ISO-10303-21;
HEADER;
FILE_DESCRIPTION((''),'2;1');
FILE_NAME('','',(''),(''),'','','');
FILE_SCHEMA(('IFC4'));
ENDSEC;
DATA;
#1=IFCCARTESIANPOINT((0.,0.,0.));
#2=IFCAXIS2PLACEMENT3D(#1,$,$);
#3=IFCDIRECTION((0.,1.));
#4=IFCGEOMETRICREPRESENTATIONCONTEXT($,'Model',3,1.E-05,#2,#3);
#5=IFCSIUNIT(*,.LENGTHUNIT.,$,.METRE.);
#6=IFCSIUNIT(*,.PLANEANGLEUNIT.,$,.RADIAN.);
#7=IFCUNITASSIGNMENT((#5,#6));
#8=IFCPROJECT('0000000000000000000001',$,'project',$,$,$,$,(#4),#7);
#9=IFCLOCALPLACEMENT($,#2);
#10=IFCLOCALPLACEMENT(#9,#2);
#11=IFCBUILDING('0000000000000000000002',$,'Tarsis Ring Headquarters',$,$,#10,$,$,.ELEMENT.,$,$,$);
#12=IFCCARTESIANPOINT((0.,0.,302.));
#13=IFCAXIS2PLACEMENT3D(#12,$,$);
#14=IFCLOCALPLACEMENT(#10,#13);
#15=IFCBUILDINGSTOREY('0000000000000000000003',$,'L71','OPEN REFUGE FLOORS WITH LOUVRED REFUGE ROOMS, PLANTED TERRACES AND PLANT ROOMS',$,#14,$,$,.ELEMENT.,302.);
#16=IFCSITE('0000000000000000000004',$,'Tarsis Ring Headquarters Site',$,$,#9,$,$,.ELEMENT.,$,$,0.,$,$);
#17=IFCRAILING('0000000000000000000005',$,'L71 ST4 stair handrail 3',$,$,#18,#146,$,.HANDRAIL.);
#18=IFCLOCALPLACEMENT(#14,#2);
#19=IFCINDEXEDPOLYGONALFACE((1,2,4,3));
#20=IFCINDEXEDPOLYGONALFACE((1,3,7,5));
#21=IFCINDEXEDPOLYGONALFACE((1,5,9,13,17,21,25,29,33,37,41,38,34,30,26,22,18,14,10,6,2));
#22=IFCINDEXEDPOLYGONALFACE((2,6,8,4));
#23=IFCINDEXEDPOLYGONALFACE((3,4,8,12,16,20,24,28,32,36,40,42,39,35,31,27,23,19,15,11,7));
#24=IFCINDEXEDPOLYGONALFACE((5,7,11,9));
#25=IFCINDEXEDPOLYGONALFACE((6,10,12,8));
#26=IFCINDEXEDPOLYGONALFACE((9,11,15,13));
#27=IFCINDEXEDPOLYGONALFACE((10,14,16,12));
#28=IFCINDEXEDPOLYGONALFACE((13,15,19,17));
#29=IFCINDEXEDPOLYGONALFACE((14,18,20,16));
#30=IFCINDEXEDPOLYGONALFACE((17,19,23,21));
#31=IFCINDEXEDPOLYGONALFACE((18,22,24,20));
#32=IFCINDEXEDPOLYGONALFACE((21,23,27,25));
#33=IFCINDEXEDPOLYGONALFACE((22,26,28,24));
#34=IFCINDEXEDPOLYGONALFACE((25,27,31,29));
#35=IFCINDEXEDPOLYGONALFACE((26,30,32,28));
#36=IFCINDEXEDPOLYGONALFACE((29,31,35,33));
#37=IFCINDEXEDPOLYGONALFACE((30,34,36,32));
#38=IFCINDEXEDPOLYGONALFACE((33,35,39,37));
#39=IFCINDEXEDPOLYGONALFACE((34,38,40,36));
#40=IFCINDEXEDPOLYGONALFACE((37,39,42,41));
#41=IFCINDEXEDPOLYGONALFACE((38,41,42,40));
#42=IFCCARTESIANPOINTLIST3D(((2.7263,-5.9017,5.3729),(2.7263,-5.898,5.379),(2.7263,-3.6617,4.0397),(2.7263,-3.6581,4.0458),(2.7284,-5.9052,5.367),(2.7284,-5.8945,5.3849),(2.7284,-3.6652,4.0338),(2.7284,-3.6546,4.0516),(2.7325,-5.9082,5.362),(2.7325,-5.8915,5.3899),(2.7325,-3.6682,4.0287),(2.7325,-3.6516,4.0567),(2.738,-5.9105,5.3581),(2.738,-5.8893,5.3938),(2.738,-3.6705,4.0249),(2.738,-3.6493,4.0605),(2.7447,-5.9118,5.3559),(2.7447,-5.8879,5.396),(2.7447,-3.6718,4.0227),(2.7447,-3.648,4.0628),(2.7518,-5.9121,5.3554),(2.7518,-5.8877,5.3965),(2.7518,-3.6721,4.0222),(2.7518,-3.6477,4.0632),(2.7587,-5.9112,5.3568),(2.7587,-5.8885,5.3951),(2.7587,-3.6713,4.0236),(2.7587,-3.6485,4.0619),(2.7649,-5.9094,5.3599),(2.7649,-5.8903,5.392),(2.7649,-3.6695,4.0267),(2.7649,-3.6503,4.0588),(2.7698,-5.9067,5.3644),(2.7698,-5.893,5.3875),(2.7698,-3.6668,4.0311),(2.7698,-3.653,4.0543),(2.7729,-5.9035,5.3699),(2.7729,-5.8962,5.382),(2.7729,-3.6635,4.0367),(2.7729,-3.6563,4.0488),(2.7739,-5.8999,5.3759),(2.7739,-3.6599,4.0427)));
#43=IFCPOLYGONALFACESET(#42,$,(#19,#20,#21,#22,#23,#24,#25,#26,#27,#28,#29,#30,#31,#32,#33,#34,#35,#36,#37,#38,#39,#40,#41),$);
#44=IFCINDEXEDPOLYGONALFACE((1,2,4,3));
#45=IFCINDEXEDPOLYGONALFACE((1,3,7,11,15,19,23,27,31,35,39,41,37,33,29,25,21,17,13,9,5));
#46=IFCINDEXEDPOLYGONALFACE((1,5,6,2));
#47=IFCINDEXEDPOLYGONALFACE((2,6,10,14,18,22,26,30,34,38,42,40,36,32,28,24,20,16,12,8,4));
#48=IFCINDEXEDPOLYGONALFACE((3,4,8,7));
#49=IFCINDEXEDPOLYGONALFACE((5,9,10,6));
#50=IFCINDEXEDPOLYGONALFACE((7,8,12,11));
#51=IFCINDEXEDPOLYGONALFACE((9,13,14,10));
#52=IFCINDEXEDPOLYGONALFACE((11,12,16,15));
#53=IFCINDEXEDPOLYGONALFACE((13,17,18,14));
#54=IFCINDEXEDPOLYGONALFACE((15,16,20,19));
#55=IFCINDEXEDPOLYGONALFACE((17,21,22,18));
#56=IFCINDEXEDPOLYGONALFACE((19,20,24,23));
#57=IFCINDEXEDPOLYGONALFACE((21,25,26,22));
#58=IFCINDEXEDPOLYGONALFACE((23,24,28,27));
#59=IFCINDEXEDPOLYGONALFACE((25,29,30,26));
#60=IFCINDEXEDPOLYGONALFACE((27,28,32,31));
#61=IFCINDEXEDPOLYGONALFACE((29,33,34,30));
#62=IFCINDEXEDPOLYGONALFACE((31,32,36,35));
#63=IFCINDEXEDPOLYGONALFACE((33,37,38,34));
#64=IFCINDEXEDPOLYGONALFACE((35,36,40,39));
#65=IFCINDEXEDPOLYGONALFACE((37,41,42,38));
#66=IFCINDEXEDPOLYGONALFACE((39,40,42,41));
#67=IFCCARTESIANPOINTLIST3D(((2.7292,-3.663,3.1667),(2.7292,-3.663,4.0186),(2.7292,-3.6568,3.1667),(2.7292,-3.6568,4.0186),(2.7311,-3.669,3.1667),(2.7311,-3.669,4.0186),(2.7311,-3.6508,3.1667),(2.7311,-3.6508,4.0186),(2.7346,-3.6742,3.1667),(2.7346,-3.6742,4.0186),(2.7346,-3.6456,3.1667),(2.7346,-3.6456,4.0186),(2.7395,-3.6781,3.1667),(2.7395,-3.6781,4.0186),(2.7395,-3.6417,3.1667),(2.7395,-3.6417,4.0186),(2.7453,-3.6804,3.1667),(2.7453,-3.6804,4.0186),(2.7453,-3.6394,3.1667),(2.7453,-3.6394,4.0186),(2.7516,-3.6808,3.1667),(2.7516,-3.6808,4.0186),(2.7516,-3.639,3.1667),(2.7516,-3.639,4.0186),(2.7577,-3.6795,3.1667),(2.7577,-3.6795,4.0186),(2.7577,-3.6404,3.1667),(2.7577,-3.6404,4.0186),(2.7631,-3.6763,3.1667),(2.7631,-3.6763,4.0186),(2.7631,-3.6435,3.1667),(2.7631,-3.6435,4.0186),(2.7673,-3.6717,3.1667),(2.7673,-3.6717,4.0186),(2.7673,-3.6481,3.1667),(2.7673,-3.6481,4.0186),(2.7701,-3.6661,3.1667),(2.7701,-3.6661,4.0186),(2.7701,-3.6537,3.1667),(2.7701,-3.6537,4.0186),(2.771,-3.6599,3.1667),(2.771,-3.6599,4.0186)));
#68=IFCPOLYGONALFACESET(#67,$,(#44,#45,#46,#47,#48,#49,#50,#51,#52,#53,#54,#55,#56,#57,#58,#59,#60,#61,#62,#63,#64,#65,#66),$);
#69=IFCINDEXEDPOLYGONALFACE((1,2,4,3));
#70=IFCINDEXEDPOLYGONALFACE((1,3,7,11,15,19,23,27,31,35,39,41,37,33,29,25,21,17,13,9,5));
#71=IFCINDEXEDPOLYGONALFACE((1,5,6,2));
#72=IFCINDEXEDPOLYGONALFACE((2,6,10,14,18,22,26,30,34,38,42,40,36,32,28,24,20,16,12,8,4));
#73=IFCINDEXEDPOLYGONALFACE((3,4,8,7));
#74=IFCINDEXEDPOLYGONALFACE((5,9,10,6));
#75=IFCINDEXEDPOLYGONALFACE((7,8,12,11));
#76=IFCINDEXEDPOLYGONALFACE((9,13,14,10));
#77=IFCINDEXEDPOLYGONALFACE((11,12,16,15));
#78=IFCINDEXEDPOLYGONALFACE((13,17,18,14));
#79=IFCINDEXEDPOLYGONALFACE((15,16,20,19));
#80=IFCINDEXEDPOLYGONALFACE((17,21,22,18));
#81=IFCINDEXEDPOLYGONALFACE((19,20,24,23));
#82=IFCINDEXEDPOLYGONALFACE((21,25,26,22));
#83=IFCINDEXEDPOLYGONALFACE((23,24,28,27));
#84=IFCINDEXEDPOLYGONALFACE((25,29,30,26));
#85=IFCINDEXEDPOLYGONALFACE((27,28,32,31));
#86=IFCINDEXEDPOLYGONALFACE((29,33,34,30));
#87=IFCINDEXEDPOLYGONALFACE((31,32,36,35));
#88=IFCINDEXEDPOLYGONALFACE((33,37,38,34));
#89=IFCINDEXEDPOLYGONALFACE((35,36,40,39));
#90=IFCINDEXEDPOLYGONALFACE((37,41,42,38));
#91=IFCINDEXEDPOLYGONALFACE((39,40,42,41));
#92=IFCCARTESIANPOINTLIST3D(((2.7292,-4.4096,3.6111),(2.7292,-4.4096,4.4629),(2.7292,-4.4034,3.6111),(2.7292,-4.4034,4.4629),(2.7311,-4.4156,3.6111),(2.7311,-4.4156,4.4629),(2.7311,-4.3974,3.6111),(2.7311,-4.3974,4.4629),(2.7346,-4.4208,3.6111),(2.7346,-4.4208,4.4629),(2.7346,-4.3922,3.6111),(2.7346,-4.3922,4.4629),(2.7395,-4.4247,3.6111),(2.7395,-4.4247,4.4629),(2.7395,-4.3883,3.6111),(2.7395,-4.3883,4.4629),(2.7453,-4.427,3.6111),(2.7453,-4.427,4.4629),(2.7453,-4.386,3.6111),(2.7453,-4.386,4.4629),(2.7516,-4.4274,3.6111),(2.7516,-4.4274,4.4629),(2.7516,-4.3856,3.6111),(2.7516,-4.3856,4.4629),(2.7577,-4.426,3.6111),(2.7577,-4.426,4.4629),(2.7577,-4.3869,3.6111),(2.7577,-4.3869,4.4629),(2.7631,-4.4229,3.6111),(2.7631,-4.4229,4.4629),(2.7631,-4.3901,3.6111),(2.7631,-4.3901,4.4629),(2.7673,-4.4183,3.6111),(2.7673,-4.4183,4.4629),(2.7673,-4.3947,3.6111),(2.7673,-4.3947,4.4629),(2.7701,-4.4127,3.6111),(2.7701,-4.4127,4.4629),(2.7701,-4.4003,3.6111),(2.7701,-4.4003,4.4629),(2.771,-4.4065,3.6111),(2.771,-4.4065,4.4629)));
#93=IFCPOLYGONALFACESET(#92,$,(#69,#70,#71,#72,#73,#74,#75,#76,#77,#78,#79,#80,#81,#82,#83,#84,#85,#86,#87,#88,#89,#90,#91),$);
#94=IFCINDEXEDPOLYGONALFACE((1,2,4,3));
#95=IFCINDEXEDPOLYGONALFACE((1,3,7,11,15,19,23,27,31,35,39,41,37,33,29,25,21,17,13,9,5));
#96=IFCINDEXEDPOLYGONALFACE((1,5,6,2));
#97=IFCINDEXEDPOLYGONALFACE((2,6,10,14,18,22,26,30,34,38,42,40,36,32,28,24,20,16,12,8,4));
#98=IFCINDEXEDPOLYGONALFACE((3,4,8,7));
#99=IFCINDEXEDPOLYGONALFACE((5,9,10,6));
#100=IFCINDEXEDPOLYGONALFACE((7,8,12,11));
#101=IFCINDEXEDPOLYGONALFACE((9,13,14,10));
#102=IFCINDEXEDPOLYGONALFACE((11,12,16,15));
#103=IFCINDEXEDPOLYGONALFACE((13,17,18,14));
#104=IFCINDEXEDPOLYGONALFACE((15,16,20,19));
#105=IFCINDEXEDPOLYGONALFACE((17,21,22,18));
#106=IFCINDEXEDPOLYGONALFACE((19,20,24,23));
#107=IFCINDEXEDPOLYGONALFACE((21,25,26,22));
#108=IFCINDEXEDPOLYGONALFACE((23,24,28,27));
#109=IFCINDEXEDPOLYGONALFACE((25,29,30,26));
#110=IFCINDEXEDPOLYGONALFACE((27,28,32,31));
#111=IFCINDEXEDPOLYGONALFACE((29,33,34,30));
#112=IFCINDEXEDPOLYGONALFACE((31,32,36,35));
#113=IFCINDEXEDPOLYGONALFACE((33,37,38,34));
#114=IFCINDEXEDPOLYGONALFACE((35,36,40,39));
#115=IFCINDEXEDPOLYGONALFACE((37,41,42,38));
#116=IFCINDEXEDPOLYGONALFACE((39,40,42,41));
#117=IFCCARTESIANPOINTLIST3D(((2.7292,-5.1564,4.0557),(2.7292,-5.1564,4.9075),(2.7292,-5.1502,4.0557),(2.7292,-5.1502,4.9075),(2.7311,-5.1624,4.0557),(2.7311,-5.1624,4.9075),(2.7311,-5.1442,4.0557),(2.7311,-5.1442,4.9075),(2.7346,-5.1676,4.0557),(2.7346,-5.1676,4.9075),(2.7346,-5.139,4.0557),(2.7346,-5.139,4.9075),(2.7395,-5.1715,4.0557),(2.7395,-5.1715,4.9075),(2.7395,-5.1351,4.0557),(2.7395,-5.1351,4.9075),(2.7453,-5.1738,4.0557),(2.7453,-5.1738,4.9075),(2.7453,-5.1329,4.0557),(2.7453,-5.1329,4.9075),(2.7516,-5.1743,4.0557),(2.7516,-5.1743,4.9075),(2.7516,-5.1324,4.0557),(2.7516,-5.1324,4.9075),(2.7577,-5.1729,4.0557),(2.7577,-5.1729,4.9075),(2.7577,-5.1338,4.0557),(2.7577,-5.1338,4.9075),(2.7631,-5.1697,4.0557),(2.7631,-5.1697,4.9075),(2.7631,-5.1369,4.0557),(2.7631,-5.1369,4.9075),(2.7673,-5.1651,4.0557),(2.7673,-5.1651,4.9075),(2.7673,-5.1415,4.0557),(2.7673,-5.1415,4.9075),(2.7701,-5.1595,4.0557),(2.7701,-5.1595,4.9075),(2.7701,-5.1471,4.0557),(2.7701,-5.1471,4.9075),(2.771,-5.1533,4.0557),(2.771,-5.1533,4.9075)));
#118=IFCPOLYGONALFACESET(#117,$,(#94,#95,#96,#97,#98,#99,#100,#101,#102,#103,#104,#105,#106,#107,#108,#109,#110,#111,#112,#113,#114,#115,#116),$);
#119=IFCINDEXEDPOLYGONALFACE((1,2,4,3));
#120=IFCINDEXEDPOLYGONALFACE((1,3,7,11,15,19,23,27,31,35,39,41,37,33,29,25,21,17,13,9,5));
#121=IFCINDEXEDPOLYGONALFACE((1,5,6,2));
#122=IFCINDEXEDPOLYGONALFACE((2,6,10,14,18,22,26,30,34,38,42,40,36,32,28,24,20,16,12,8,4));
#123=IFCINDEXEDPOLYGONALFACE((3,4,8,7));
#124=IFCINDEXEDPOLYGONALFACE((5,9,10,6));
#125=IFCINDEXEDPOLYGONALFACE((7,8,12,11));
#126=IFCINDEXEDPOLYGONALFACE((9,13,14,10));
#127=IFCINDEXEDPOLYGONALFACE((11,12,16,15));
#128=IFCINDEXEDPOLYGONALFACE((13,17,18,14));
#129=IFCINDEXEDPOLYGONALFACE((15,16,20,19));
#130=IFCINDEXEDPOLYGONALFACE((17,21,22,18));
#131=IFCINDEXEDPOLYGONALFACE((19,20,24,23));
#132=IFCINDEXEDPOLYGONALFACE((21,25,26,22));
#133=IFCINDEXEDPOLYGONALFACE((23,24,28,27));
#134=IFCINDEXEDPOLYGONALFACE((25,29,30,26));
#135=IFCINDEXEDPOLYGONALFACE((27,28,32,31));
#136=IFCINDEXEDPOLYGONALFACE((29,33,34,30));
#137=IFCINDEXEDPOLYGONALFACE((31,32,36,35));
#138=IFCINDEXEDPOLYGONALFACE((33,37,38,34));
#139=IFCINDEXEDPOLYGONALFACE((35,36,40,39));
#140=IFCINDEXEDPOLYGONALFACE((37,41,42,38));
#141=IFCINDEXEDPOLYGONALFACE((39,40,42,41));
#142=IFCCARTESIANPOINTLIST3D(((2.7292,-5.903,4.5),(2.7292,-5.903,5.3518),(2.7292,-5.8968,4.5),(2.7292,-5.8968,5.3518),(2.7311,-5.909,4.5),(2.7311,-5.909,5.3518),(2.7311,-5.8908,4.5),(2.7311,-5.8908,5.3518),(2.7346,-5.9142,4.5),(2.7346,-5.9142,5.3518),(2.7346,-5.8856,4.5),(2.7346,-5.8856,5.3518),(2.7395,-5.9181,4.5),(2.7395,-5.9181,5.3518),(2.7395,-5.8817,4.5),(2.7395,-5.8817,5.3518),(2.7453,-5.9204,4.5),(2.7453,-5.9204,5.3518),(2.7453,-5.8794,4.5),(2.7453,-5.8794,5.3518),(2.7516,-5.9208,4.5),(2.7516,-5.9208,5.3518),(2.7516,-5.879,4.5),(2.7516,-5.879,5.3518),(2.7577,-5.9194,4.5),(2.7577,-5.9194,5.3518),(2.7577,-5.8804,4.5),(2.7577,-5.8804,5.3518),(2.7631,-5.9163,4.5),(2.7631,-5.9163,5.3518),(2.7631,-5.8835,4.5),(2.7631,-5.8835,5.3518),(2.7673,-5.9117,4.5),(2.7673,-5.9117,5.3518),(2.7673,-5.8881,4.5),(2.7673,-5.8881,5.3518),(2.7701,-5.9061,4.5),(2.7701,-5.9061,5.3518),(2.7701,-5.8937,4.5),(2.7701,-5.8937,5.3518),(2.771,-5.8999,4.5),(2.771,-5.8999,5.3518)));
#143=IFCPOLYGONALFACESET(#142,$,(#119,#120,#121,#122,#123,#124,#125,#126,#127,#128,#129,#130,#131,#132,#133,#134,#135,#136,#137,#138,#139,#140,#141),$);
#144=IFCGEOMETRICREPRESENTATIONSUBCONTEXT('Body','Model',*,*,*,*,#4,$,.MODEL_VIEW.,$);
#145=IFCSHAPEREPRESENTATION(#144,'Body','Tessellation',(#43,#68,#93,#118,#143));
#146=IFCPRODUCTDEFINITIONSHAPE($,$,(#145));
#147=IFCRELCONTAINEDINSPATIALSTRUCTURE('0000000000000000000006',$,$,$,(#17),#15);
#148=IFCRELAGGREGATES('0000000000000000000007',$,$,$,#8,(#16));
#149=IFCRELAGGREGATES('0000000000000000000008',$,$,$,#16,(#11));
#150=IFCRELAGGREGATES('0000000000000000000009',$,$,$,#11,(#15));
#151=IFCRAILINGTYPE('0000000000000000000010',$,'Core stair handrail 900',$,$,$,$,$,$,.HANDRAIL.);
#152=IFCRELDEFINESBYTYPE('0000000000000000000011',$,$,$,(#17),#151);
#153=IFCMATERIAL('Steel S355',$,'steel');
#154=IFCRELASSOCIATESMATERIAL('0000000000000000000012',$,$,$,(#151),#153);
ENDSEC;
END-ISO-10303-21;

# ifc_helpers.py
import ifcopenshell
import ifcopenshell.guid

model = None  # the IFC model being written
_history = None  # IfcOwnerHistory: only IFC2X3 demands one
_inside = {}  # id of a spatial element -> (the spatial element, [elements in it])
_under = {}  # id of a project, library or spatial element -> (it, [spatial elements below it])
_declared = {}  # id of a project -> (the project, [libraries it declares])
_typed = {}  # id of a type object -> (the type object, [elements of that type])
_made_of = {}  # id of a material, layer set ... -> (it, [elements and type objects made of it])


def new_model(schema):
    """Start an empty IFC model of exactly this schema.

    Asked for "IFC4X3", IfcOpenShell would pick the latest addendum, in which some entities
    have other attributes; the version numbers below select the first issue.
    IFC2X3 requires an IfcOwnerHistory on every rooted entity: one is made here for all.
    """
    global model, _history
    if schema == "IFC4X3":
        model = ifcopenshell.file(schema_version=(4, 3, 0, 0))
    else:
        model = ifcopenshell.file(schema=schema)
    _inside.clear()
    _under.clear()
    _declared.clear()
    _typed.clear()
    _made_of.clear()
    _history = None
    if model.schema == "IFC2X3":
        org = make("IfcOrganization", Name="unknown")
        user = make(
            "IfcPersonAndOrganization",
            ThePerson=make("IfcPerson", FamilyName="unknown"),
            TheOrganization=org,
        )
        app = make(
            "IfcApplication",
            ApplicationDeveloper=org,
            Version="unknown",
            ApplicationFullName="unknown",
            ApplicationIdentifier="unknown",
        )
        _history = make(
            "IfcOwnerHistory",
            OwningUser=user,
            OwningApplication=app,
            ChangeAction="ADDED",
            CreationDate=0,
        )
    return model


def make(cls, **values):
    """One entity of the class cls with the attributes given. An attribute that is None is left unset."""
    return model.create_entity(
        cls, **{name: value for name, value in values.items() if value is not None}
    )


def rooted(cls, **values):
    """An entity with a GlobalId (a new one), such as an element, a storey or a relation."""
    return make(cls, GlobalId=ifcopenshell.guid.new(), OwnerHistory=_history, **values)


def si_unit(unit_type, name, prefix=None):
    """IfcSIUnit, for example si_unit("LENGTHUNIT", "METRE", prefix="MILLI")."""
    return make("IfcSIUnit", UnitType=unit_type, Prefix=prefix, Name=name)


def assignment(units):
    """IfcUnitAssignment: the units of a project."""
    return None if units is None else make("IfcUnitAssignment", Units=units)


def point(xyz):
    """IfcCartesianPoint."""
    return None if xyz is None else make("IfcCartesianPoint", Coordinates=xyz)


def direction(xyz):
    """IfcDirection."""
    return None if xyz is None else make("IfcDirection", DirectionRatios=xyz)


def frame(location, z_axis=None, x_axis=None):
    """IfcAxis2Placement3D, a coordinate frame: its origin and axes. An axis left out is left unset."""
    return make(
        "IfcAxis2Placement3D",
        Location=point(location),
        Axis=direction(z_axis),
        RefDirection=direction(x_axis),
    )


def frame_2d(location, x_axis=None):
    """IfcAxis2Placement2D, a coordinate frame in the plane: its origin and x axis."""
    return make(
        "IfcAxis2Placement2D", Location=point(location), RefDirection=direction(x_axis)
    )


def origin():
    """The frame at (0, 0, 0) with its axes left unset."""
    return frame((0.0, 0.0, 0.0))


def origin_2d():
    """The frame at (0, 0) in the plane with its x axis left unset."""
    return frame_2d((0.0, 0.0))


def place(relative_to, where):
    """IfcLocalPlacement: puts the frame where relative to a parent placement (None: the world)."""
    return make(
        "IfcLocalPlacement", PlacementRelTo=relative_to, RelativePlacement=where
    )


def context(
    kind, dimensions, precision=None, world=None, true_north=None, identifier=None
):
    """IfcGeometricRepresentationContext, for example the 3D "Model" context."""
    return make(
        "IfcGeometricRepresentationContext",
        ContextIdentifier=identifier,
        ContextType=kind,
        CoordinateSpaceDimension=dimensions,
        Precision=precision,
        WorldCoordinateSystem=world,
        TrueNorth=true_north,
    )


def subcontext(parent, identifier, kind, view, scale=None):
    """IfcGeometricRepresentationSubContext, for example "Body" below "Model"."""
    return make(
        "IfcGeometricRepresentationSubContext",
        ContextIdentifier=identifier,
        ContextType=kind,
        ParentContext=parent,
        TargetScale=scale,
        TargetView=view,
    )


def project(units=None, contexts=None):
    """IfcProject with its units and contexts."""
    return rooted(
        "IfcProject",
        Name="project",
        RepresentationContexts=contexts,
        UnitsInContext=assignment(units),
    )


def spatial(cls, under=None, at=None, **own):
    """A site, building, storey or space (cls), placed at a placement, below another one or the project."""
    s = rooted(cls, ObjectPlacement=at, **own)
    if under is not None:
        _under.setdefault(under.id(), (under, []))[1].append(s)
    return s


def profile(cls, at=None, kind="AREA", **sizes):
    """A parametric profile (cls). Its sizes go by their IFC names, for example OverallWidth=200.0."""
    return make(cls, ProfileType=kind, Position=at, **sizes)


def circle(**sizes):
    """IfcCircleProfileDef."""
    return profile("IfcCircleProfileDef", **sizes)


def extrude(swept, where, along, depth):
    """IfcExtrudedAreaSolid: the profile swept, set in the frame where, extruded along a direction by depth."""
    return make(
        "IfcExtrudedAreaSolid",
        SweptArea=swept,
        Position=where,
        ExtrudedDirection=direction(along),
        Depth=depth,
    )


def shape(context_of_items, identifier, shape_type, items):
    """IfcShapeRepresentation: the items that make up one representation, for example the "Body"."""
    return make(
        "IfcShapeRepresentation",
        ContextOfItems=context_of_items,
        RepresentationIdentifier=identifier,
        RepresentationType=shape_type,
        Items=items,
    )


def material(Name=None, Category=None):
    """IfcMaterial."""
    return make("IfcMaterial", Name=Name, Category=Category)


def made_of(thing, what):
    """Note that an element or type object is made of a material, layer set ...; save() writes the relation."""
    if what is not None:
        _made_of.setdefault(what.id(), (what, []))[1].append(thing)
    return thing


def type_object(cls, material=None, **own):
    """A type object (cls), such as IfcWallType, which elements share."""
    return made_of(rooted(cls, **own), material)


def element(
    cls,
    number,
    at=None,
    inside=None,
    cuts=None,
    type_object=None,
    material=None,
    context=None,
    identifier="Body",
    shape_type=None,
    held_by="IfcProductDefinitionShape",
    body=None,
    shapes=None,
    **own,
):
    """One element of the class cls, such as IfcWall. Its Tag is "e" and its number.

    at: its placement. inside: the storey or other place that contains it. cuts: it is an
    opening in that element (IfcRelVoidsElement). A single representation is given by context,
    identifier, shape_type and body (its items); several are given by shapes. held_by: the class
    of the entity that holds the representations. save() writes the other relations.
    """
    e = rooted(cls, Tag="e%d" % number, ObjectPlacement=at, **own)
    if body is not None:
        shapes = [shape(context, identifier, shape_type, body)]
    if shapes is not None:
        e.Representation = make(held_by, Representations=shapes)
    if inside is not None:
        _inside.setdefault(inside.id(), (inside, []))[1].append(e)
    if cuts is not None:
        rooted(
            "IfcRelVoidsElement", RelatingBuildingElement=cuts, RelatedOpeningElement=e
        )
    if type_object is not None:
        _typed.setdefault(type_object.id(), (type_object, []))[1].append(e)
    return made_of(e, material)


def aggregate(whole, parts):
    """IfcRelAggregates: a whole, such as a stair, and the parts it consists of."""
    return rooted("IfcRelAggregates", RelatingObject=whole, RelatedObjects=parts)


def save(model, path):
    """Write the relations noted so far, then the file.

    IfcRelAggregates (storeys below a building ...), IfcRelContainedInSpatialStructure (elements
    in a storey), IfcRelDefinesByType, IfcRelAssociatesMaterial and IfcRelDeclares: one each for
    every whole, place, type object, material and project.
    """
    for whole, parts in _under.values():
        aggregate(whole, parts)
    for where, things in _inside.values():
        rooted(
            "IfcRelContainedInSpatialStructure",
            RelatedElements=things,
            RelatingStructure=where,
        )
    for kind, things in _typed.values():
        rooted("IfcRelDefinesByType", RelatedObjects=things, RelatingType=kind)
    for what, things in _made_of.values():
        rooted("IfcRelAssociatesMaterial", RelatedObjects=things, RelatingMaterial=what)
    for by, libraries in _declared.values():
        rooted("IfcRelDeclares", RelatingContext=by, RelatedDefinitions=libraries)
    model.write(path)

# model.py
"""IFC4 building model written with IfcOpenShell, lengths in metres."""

from ifc_helpers import new_model, si_unit, direction, frame, origin, origin_2d, place, context, subcontext, project, spatial, circle, extrude, material, type_object, element, save


model = new_model("IFC4")

# Units and contexts
model_context = context("Model", 3, precision=1e-05, world=origin(), true_north=direction((0.0, 1.0)))
body_context = subcontext(model_context, "Body", "Model", "MODEL_VIEW")
ifc_project = project(units=[si_unit("LENGTHUNIT", "METRE"), si_unit("PLANEANGLEUNIT", "RADIAN")], contexts=[model_context])

# Site, building, storey
site_placement = place(None, origin())
site = spatial("IfcSite", under=ifc_project, at=site_placement, Name="Tarsis Ring Headquarters Site", CompositionType="ELEMENT", RefElevation=0.0)
building_placement = place(site_placement, origin())
building = spatial("IfcBuilding", under=site, at=building_placement, Name="Tarsis Ring Headquarters", CompositionType="ELEMENT")
storey_placement = place(building_placement, frame((0.0, 0.0, 302.0)))
storey = spatial("IfcBuildingStorey", under=building, at=storey_placement, Name="L71", Description="OPEN REFUGE FLOORS WITH LOUVRED REFUGE ROOMS, PLANTED TERRACES AND PLANT ROOMS", CompositionType="ELEMENT", Elevation=302.0)

# Railing
ifc_material_1 = material(Name="Steel S355", Category="steel")
railing_type_1 = type_object("IfcRailingType", Name="Core stair handrail 900", PredefinedType="HANDRAIL", material=ifc_material_1)
railing_1_placement = place(storey_placement, frame((2.75, -3.6599, 3.1667)))
element("IfcRailing", 1, at=railing_1_placement, inside=storey, type_object=railing_type_1, Name="L71 ST4 stair handrail 3", PredefinedType="HANDRAIL", context=body_context, shape_type="SweptSolid", body=[
    extrude(circle(Radius=0.0239, at=origin_2d()), frame((0.0, 0.0, 0.876), z_axis=(0.0, -0.859306, 0.511462), x_axis=(1.0, 0.0, 0.0)), (0.0, 0.0, 1.0), 2.6067),
    extrude(circle(Radius=0.021, at=origin_2d()), origin(), (0.0, 0.0, 1.0), 0.8518),
    extrude(circle(Radius=0.021, at=origin_2d()), frame((0.0, -0.7466, 0.4443)), (0.0, 0.0, 1.0), 0.8518),
    extrude(circle(Radius=0.021, at=origin_2d()), frame((0.0, -1.4934, 0.8889)), (0.0, 0.0, 1.0), 0.8518),
    extrude(circle(Radius=0.021, at=origin_2d()), frame((0.0, -2.24, 1.3333)), (0.0, 0.0, 1.0), 0.8518),
])

save(model, "model.ifc")
